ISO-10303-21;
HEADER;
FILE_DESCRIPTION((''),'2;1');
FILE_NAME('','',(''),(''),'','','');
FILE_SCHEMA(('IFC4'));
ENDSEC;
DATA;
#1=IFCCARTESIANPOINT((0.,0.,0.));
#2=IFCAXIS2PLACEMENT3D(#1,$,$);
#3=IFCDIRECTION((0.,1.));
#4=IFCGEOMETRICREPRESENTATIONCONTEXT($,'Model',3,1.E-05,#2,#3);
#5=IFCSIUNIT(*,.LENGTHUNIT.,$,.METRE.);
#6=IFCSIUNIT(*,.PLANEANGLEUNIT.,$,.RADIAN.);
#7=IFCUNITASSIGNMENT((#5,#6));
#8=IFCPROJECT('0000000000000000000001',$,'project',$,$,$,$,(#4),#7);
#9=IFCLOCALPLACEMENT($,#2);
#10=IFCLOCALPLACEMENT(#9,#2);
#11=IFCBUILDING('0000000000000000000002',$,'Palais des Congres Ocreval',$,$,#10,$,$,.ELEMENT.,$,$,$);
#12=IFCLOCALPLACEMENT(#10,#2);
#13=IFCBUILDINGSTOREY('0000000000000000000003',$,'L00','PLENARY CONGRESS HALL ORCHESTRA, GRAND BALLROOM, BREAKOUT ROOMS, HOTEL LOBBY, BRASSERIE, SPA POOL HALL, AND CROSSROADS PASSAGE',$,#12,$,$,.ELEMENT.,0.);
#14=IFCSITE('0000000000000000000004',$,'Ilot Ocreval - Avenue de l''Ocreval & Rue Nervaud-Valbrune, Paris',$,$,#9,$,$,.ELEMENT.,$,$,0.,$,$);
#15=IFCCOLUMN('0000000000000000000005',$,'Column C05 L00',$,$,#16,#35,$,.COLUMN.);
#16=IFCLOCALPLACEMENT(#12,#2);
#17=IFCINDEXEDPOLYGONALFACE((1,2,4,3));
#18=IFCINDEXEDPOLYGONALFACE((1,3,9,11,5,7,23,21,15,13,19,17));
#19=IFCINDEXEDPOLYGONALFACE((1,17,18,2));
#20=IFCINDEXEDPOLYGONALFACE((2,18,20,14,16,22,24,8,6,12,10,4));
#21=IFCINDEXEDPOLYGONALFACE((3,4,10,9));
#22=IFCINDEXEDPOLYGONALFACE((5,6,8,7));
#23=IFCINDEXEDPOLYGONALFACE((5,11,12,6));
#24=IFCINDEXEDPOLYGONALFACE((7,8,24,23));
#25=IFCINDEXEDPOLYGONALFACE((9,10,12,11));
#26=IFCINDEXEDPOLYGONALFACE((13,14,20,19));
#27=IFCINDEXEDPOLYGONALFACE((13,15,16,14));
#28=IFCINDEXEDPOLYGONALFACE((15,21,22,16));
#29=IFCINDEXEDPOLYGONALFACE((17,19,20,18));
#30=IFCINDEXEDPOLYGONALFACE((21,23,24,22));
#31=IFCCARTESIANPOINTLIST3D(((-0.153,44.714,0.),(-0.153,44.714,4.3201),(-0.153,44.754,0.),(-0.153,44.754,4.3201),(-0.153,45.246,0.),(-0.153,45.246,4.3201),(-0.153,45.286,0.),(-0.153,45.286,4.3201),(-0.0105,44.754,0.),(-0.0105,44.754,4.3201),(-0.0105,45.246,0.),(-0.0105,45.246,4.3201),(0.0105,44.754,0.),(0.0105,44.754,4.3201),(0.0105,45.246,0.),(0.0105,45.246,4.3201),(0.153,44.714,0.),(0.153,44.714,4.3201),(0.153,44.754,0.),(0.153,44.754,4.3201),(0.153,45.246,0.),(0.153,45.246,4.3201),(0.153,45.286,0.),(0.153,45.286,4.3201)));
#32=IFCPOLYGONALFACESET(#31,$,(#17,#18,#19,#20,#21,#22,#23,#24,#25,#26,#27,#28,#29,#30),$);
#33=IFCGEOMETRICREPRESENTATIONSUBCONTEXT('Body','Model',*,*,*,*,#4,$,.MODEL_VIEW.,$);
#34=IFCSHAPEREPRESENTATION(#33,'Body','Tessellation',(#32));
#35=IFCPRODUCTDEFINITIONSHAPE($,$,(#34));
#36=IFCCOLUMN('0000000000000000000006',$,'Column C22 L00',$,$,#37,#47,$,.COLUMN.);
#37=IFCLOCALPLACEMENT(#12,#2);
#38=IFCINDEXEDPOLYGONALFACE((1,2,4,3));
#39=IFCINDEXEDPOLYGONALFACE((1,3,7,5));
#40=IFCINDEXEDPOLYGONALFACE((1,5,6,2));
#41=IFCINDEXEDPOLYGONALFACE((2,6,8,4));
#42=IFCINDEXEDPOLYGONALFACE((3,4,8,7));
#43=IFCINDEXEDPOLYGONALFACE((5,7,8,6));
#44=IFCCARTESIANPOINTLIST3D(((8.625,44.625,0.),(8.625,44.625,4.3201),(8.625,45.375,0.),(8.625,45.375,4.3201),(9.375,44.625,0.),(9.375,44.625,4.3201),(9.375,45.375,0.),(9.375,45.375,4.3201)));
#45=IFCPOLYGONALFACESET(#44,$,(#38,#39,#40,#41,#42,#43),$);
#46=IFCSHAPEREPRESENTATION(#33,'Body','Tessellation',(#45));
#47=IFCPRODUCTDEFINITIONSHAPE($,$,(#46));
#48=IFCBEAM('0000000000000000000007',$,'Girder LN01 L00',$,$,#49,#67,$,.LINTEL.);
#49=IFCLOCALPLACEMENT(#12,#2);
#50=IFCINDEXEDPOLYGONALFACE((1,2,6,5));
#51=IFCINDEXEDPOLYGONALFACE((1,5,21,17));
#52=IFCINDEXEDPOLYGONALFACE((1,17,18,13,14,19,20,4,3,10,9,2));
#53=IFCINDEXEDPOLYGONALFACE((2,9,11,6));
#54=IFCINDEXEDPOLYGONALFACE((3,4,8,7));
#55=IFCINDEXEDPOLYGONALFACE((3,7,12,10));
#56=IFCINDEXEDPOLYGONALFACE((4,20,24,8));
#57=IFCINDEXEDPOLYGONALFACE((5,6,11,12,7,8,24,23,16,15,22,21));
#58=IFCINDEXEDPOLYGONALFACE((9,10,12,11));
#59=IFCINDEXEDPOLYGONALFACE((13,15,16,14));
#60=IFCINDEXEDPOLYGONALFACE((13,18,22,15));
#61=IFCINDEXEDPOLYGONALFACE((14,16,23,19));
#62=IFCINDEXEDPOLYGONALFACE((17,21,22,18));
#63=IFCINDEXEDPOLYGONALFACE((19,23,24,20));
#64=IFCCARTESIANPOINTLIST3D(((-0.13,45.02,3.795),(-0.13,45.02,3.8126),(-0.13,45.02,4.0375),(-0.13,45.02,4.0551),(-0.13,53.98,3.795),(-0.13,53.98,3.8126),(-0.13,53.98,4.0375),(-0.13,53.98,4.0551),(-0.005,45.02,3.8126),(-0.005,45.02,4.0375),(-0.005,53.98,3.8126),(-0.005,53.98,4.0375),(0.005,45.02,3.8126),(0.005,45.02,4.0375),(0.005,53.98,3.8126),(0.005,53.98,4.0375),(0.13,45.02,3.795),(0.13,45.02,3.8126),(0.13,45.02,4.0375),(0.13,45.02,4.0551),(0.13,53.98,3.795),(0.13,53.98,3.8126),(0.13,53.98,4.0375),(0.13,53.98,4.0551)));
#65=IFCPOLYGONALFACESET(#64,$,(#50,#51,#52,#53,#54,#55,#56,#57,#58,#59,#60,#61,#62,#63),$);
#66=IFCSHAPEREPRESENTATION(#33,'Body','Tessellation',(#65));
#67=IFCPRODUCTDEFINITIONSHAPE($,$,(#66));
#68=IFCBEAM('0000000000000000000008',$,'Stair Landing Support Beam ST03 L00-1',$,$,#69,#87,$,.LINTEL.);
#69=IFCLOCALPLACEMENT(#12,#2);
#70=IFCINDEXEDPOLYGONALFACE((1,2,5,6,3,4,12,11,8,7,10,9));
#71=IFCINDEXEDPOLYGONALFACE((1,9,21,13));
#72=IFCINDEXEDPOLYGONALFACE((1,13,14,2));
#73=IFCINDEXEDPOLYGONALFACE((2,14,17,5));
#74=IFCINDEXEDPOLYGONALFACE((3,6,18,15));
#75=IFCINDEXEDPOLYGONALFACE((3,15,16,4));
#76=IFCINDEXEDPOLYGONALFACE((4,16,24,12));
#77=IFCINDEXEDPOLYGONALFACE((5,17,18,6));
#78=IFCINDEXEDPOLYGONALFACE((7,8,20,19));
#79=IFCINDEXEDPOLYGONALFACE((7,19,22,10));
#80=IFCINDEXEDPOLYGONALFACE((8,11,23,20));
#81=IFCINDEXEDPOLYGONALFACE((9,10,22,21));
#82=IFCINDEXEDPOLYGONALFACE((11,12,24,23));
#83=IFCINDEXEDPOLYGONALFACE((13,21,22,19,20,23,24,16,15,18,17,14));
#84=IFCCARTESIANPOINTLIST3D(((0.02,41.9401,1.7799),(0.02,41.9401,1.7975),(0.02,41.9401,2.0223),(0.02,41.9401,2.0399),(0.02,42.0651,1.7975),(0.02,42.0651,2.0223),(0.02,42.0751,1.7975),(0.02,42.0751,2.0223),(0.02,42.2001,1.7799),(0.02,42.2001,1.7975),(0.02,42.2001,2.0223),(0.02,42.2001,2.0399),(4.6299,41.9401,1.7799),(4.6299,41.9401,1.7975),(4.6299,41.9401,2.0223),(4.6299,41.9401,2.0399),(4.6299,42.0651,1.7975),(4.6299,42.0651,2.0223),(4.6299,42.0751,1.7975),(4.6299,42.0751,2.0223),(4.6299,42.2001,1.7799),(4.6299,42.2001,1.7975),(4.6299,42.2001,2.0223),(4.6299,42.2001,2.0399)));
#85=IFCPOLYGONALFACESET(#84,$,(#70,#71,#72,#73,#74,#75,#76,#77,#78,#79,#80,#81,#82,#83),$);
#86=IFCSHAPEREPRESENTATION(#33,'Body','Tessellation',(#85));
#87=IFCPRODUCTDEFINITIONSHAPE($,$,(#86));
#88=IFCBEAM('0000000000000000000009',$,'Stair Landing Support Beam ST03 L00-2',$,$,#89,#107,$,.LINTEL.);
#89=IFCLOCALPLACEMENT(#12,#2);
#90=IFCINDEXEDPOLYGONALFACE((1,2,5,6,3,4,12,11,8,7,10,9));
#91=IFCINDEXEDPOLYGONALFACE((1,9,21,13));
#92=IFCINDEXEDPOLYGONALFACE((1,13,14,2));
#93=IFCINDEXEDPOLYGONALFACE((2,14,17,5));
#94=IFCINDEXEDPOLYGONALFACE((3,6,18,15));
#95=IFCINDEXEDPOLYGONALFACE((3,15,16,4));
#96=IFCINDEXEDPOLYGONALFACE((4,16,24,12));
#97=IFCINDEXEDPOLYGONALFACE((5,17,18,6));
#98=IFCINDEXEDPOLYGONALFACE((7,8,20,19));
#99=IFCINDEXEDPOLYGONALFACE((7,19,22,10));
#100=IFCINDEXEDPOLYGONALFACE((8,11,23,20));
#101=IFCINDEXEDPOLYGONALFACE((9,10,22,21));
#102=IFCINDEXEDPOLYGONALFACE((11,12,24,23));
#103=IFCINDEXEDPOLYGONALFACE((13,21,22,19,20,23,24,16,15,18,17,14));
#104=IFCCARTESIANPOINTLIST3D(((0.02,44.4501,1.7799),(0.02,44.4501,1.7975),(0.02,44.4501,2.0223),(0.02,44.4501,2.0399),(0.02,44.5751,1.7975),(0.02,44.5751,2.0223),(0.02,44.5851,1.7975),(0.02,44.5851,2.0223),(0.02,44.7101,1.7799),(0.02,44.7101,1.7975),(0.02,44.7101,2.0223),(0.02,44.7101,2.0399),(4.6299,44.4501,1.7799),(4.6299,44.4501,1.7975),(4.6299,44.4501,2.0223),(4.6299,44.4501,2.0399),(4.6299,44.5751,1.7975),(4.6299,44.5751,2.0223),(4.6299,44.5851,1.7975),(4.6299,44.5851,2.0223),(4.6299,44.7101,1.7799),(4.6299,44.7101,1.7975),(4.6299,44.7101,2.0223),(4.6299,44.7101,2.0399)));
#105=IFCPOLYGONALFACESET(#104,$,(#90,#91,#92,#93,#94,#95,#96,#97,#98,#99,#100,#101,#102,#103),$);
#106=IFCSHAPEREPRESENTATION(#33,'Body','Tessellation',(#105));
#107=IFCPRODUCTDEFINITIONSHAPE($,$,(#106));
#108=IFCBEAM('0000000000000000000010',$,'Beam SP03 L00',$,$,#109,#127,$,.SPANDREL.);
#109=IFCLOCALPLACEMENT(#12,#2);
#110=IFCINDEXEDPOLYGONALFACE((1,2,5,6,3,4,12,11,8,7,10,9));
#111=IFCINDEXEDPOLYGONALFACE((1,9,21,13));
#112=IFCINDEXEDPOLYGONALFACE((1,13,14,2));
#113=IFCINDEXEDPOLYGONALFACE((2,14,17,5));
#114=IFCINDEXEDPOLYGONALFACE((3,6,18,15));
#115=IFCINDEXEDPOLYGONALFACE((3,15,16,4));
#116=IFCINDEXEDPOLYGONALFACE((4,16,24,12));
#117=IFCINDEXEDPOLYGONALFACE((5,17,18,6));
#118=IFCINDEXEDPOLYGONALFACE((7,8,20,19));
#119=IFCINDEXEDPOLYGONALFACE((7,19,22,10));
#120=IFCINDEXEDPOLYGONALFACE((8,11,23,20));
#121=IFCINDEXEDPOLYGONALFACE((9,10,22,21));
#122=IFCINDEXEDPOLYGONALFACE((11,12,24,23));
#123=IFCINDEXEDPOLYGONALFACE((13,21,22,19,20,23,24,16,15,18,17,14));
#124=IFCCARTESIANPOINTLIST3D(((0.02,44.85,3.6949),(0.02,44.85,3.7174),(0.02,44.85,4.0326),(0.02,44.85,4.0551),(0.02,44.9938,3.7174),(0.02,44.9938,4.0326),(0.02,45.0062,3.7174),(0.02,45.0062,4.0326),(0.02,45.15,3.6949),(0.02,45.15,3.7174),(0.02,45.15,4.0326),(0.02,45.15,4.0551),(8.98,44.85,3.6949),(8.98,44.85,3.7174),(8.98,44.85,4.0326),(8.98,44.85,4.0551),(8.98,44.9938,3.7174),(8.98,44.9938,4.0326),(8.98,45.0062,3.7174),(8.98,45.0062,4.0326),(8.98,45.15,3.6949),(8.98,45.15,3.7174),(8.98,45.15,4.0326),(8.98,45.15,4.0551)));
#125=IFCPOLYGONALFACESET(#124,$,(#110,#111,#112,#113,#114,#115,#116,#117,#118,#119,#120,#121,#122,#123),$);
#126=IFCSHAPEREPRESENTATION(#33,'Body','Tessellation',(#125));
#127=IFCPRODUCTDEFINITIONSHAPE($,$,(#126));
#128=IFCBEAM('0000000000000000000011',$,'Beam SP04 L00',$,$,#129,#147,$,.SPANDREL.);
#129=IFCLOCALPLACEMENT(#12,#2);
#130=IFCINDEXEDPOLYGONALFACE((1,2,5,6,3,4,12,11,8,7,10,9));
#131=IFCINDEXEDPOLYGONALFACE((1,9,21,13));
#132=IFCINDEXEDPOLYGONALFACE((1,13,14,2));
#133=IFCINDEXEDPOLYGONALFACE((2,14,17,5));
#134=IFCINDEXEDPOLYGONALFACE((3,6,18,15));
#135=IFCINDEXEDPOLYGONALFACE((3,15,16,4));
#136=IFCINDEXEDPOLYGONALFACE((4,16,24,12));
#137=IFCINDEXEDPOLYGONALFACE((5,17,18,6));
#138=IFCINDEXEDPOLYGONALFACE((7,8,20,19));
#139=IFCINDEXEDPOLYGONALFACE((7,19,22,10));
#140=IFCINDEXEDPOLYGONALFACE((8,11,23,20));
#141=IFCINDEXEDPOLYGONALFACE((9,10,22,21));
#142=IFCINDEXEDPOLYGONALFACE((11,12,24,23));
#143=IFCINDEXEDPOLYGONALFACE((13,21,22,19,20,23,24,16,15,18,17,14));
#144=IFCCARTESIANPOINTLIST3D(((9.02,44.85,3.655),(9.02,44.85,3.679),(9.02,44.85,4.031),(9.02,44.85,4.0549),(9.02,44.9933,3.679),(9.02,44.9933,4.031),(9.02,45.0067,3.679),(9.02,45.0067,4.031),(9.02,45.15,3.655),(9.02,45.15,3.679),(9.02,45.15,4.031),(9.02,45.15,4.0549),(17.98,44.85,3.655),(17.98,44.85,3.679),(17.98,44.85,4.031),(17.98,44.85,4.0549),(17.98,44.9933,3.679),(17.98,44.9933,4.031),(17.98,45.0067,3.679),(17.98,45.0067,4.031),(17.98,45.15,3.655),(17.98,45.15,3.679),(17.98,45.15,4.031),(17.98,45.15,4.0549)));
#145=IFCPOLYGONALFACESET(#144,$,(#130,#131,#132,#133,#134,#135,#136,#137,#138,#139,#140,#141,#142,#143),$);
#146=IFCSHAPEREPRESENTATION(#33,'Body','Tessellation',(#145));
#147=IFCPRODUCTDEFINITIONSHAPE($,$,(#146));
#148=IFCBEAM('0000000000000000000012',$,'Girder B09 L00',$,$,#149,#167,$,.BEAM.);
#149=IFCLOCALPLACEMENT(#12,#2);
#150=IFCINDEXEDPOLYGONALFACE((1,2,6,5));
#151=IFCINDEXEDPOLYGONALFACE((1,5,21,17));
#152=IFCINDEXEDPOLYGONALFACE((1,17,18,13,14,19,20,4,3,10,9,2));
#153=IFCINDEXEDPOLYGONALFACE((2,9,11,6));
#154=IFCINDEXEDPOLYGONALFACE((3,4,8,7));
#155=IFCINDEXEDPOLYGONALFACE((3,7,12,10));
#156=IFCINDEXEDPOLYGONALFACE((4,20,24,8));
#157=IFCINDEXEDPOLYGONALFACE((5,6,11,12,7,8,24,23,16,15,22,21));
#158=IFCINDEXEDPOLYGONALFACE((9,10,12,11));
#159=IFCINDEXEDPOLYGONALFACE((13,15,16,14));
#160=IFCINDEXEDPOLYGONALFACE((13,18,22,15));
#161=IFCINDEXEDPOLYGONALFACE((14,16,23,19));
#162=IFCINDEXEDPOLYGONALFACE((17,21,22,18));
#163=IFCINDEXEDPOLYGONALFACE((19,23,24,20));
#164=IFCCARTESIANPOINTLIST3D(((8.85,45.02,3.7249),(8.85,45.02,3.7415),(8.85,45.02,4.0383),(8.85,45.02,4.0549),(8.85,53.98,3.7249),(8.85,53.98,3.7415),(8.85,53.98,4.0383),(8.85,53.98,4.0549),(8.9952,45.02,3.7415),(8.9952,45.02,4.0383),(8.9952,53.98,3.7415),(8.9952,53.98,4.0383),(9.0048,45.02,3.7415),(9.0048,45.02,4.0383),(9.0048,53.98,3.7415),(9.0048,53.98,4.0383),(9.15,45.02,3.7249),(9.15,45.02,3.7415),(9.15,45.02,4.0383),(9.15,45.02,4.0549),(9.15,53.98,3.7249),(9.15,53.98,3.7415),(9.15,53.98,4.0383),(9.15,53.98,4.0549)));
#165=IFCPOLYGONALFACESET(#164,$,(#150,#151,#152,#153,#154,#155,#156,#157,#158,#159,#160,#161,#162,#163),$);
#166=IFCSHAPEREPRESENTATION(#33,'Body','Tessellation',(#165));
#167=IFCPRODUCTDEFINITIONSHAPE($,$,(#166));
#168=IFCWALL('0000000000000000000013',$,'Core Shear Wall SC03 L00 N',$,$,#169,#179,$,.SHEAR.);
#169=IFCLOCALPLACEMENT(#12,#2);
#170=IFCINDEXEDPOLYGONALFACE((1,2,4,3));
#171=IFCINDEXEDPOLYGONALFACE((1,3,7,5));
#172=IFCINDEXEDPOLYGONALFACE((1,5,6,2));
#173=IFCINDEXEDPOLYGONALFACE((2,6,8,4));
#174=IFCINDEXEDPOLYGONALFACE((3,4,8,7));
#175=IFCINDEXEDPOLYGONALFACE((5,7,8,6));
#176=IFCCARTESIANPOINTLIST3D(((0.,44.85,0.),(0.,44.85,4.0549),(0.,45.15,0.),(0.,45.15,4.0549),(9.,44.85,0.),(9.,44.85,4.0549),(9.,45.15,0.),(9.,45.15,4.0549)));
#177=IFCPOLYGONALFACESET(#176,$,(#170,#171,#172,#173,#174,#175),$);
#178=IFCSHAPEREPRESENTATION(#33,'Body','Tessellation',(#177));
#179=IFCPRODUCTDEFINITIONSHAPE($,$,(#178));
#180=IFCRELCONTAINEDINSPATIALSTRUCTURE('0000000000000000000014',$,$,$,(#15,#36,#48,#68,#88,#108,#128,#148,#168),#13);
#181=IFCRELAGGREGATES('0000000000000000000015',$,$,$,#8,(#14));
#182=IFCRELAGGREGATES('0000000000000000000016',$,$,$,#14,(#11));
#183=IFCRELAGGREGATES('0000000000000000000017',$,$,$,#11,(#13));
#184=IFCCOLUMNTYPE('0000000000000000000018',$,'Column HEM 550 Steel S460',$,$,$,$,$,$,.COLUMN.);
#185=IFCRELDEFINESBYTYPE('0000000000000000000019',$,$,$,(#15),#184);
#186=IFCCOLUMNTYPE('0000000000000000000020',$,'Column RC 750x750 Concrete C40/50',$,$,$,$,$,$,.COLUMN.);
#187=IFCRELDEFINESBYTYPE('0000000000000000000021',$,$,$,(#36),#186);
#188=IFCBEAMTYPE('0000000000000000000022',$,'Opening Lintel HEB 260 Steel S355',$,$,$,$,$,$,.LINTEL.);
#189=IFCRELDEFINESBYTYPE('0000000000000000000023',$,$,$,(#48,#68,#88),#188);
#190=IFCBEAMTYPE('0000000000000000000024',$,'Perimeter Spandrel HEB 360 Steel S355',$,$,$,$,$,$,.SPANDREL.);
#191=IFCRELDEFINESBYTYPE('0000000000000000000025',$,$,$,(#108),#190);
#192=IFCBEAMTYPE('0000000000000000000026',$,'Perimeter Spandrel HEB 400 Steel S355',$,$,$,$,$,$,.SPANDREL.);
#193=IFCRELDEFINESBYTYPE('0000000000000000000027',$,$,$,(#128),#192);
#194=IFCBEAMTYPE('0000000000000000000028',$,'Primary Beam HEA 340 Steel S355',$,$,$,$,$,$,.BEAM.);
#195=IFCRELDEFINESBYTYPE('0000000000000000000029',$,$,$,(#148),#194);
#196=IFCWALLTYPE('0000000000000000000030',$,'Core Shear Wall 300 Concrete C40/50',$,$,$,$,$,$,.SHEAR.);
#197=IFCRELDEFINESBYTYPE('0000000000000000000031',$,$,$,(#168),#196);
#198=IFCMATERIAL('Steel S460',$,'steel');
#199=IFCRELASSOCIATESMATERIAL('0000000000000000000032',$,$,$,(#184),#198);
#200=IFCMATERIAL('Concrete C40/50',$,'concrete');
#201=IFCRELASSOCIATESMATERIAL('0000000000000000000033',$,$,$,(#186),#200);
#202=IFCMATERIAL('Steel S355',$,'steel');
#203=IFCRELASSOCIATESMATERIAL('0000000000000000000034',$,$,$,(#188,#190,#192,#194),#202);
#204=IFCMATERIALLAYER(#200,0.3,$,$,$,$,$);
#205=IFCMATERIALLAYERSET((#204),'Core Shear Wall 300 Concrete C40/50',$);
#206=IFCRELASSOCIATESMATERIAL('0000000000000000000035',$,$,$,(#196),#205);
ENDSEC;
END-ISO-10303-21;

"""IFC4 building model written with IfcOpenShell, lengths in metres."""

from ifc_helpers import new_model, si_unit, direction, frame, frame_2d, origin, origin_2d, place, context, subcontext, project, spatial, rectangle, i_section, extrude, material, layer, layer_set, material_profile, profile_set, type_object, element, save


model = new_model("IFC4")

# Units and contexts
model_context = context("Model", 3, precision=1e-05, world=origin(), true_north=direction((0.0, 1.0)))
body_context = subcontext(model_context, "Body", "Model", "MODEL_VIEW")
ifc_project = project(units=[si_unit("LENGTHUNIT", "METRE"), si_unit("PLANEANGLEUNIT", "RADIAN")], contexts=[model_context])

# Site, building, storey
site_placement = place(None, origin())
site = spatial("IfcSite", under=ifc_project, at=site_placement, Name="Ilot Ocreval - Avenue de l'Ocreval & Rue Nervaud-Valbrune, Paris", CompositionType="ELEMENT", RefElevation=0.0)
building_placement = place(site_placement, origin())
building = spatial("IfcBuilding", under=site, at=building_placement, Name="Palais des Congres Ocreval", CompositionType="ELEMENT")
storey_placement = place(building_placement, origin())
storey = spatial("IfcBuildingStorey", under=building, at=storey_placement, Name="L00", Description="PLENARY CONGRESS HALL ORCHESTRA, GRAND BALLROOM, BREAKOUT ROOMS, HOTEL LOBBY, BRASSERIE, SPA POOL HALL, AND CROSSROADS PASSAGE", CompositionType="ELEMENT", Elevation=0.0)

# Columns
ifc_material_1 = material(Name="Steel S460", Category="steel")
ifc_material_profile_1 = material_profile(ifc_material_1, i_section(OverallWidth=0.3059, OverallDepth=0.572, WebThickness=0.021, FlangeThickness=0.04, at=origin_2d()), Name="HEM 550")
ifc_profile_set_1 = profile_set([ifc_material_profile_1], Name="Steel S460")
column_type_1 = type_object("IfcColumnType", Name="Column HEM 550 Steel S460", PredefinedType="COLUMN", material=ifc_profile_set_1)
column_1_placement = place(storey_placement, frame((0.0, 45.0, 0.0), z_axis=(0.0, 0.0, 1.0), x_axis=(1.0, 0.0, 0.0)))
element("IfcColumn", 1, at=column_1_placement, inside=storey, type_object=column_type_1, Name="Column C05 L00", PredefinedType="COLUMN", context=body_context, shape_type="SweptSolid", body=[
    extrude(i_section(OverallWidth=0.3059, OverallDepth=0.572, WebThickness=0.021, FlangeThickness=0.04, at=origin_2d()), origin(), (0.0, 0.0, 1.0), 4.3201),
])
ifc_material_2 = material(Name="Concrete C40/50", Category="concrete")
ifc_material_profile_2 = material_profile(ifc_material_2, rectangle(XDim=0.75, YDim=0.75, at=origin_2d()), Name="RC 750x750")
ifc_profile_set_2 = profile_set([ifc_material_profile_2], Name="Concrete C40/50")
column_type_2 = type_object("IfcColumnType", Name="Column RC 750x750 Concrete C40/50", PredefinedType="COLUMN", material=ifc_profile_set_2)
column_2_placement = place(storey_placement, frame((9.0, 45.0, 0.0), z_axis=(0.0, 0.0, 1.0), x_axis=(1.0, 0.0, 0.0)))
element("IfcColumn", 2, at=column_2_placement, inside=storey, type_object=column_type_2, Name="Column C22 L00", PredefinedType="COLUMN", context=body_context, shape_type="SweptSolid", body=[
    extrude(rectangle(XDim=0.75, YDim=0.75, at=origin_2d()), origin(), (0.0, 0.0, 1.0), 4.3201),
])

# Beams
ifc_material_3 = material(Name="Steel S355", Category="steel")
ifc_material_profile_3 = material_profile(ifc_material_3, i_section(OverallWidth=0.26, OverallDepth=0.26, WebThickness=0.01, FlangeThickness=0.0176, at=origin_2d()), Name="HEB 260")
ifc_profile_set_3 = profile_set([ifc_material_profile_3], Name="Steel S355")
beam_type_1 = type_object("IfcBeamType", Name="Opening Lintel HEB 260 Steel S355", PredefinedType="LINTEL", material=ifc_profile_set_3)
beam_1_placement = place(storey_placement, frame((0.0, 45.02, 3.925), z_axis=(0.0, 1.0, 0.0), x_axis=(-1.0, 0.0, 0.0)))
element("IfcBeam", 3, at=beam_1_placement, inside=storey, type_object=beam_type_1, Name="Girder LN01 L00", PredefinedType="LINTEL", context=body_context, shape_type="SweptSolid", body=[
    extrude(i_section(OverallWidth=0.26, OverallDepth=0.26, WebThickness=0.01, FlangeThickness=0.0176, at=origin_2d()), origin(), (0.0, 0.0, 1.0), 8.96),
])
for number, where, z_axis, x_axis, name in (
    (4, (0.02, 42.0701, 1.9099), (1.0, 0.0, 0.0), (0.0, 1.0, 0.0), "Stair Landing Support Beam ST03 L00-1"),
    (5, (0.02, 44.5801, 1.9099), (1.0, 0.0, 0.0), (0.0, 1.0, 0.0), "Stair Landing Support Beam ST03 L00-2"),
):
    element("IfcBeam", number, at=place(storey_placement, frame(where, z_axis=z_axis, x_axis=x_axis)), inside=storey, type_object=beam_type_1, Name=name, PredefinedType="LINTEL", context=body_context, shape_type="SweptSolid", body=[
        extrude(i_section(OverallWidth=0.26, OverallDepth=0.26, WebThickness=0.01, FlangeThickness=0.0176, at=origin_2d()), origin(), (0.0, 0.0, 1.0), 4.6099),
    ])
ifc_material_profile_4 = material_profile(ifc_material_3, i_section(OverallWidth=0.3, OverallDepth=0.3601, WebThickness=0.0125, FlangeThickness=0.0225, at=origin_2d()), Name="HEB 360")
ifc_profile_set_4 = profile_set([ifc_material_profile_4], Name="Steel S355")
beam_type_2 = type_object("IfcBeamType", Name="Perimeter Spandrel HEB 360 Steel S355", PredefinedType="SPANDREL", material=ifc_profile_set_4)
beam_2_placement = place(storey_placement, frame((0.02, 45.0, 3.875), z_axis=(1.0, 0.0, 0.0), x_axis=(0.0, 1.0, 0.0)))
element("IfcBeam", 6, at=beam_2_placement, inside=storey, type_object=beam_type_2, Name="Beam SP03 L00", PredefinedType="SPANDREL", context=body_context, shape_type="SweptSolid", body=[
    extrude(i_section(OverallWidth=0.3, OverallDepth=0.3601, WebThickness=0.0125, FlangeThickness=0.0225, at=origin_2d()), origin(), (0.0, 0.0, 1.0), 8.96),
])
ifc_material_profile_5 = material_profile(ifc_material_3, i_section(OverallWidth=0.3, OverallDepth=0.3999, WebThickness=0.0134, FlangeThickness=0.0239, at=origin_2d()), Name="HEB 400")
ifc_profile_set_5 = profile_set([ifc_material_profile_5], Name="Steel S355")
beam_type_3 = type_object("IfcBeamType", Name="Perimeter Spandrel HEB 400 Steel S355", PredefinedType="SPANDREL", material=ifc_profile_set_5)
beam_3_placement = place(storey_placement, frame((9.02, 45.0, 3.855), z_axis=(1.0, 0.0, 0.0), x_axis=(0.0, 1.0, 0.0)))
element("IfcBeam", 7, at=beam_3_placement, inside=storey, type_object=beam_type_3, Name="Beam SP04 L00", PredefinedType="SPANDREL", context=body_context, shape_type="SweptSolid", body=[
    extrude(i_section(OverallWidth=0.3, OverallDepth=0.3999, WebThickness=0.0134, FlangeThickness=0.0239, at=origin_2d()), origin(), (0.0, 0.0, 1.0), 8.96),
])
ifc_material_profile_6 = material_profile(ifc_material_3, i_section(OverallWidth=0.3, OverallDepth=0.3301, WebThickness=0.0095, FlangeThickness=0.0166, at=origin_2d()), Name="HEA 340")
ifc_profile_set_6 = profile_set([ifc_material_profile_6], Name="Steel S355")
beam_type_4 = type_object("IfcBeamType", Name="Primary Beam HEA 340 Steel S355", PredefinedType="BEAM", material=ifc_profile_set_6)
beam_4_placement = place(storey_placement, frame((9.0, 45.02, 3.8899), z_axis=(0.0, 1.0, 0.0), x_axis=(-1.0, 0.0, 0.0)))
element("IfcBeam", 8, at=beam_4_placement, inside=storey, type_object=beam_type_4, Name="Girder B09 L00", PredefinedType="BEAM", context=body_context, shape_type="SweptSolid", body=[
    extrude(i_section(OverallWidth=0.3, OverallDepth=0.3301, WebThickness=0.0095, FlangeThickness=0.0166, at=origin_2d()), origin(), (0.0, 0.0, 1.0), 8.96),
])

# Wall
ifc_layer_1 = layer(ifc_material_2, 0.3)
ifc_layer_set_1 = layer_set([ifc_layer_1], Name="Core Shear Wall 300 Concrete C40/50")
wall_type_1 = type_object("IfcWallType", Name="Core Shear Wall 300 Concrete C40/50", PredefinedType="SHEAR", material=ifc_layer_set_1)
wall_1_placement = place(storey_placement, frame((0.0, 45.0, 0.0), z_axis=(0.0, 0.0, 1.0), x_axis=(1.0, 0.0, 0.0)))
element("IfcWall", 9, at=wall_1_placement, inside=storey, type_object=wall_type_1, Name="Core Shear Wall SC03 L00 N", PredefinedType="SHEAR", context=body_context, shape_type="SweptSolid", body=[
    extrude(rectangle(XDim=9.0, YDim=0.3, at=frame_2d((4.5, 0.0))), origin(), (0.0, 0.0, 1.0), 4.0549),
])

save(model, "model.ifc")
